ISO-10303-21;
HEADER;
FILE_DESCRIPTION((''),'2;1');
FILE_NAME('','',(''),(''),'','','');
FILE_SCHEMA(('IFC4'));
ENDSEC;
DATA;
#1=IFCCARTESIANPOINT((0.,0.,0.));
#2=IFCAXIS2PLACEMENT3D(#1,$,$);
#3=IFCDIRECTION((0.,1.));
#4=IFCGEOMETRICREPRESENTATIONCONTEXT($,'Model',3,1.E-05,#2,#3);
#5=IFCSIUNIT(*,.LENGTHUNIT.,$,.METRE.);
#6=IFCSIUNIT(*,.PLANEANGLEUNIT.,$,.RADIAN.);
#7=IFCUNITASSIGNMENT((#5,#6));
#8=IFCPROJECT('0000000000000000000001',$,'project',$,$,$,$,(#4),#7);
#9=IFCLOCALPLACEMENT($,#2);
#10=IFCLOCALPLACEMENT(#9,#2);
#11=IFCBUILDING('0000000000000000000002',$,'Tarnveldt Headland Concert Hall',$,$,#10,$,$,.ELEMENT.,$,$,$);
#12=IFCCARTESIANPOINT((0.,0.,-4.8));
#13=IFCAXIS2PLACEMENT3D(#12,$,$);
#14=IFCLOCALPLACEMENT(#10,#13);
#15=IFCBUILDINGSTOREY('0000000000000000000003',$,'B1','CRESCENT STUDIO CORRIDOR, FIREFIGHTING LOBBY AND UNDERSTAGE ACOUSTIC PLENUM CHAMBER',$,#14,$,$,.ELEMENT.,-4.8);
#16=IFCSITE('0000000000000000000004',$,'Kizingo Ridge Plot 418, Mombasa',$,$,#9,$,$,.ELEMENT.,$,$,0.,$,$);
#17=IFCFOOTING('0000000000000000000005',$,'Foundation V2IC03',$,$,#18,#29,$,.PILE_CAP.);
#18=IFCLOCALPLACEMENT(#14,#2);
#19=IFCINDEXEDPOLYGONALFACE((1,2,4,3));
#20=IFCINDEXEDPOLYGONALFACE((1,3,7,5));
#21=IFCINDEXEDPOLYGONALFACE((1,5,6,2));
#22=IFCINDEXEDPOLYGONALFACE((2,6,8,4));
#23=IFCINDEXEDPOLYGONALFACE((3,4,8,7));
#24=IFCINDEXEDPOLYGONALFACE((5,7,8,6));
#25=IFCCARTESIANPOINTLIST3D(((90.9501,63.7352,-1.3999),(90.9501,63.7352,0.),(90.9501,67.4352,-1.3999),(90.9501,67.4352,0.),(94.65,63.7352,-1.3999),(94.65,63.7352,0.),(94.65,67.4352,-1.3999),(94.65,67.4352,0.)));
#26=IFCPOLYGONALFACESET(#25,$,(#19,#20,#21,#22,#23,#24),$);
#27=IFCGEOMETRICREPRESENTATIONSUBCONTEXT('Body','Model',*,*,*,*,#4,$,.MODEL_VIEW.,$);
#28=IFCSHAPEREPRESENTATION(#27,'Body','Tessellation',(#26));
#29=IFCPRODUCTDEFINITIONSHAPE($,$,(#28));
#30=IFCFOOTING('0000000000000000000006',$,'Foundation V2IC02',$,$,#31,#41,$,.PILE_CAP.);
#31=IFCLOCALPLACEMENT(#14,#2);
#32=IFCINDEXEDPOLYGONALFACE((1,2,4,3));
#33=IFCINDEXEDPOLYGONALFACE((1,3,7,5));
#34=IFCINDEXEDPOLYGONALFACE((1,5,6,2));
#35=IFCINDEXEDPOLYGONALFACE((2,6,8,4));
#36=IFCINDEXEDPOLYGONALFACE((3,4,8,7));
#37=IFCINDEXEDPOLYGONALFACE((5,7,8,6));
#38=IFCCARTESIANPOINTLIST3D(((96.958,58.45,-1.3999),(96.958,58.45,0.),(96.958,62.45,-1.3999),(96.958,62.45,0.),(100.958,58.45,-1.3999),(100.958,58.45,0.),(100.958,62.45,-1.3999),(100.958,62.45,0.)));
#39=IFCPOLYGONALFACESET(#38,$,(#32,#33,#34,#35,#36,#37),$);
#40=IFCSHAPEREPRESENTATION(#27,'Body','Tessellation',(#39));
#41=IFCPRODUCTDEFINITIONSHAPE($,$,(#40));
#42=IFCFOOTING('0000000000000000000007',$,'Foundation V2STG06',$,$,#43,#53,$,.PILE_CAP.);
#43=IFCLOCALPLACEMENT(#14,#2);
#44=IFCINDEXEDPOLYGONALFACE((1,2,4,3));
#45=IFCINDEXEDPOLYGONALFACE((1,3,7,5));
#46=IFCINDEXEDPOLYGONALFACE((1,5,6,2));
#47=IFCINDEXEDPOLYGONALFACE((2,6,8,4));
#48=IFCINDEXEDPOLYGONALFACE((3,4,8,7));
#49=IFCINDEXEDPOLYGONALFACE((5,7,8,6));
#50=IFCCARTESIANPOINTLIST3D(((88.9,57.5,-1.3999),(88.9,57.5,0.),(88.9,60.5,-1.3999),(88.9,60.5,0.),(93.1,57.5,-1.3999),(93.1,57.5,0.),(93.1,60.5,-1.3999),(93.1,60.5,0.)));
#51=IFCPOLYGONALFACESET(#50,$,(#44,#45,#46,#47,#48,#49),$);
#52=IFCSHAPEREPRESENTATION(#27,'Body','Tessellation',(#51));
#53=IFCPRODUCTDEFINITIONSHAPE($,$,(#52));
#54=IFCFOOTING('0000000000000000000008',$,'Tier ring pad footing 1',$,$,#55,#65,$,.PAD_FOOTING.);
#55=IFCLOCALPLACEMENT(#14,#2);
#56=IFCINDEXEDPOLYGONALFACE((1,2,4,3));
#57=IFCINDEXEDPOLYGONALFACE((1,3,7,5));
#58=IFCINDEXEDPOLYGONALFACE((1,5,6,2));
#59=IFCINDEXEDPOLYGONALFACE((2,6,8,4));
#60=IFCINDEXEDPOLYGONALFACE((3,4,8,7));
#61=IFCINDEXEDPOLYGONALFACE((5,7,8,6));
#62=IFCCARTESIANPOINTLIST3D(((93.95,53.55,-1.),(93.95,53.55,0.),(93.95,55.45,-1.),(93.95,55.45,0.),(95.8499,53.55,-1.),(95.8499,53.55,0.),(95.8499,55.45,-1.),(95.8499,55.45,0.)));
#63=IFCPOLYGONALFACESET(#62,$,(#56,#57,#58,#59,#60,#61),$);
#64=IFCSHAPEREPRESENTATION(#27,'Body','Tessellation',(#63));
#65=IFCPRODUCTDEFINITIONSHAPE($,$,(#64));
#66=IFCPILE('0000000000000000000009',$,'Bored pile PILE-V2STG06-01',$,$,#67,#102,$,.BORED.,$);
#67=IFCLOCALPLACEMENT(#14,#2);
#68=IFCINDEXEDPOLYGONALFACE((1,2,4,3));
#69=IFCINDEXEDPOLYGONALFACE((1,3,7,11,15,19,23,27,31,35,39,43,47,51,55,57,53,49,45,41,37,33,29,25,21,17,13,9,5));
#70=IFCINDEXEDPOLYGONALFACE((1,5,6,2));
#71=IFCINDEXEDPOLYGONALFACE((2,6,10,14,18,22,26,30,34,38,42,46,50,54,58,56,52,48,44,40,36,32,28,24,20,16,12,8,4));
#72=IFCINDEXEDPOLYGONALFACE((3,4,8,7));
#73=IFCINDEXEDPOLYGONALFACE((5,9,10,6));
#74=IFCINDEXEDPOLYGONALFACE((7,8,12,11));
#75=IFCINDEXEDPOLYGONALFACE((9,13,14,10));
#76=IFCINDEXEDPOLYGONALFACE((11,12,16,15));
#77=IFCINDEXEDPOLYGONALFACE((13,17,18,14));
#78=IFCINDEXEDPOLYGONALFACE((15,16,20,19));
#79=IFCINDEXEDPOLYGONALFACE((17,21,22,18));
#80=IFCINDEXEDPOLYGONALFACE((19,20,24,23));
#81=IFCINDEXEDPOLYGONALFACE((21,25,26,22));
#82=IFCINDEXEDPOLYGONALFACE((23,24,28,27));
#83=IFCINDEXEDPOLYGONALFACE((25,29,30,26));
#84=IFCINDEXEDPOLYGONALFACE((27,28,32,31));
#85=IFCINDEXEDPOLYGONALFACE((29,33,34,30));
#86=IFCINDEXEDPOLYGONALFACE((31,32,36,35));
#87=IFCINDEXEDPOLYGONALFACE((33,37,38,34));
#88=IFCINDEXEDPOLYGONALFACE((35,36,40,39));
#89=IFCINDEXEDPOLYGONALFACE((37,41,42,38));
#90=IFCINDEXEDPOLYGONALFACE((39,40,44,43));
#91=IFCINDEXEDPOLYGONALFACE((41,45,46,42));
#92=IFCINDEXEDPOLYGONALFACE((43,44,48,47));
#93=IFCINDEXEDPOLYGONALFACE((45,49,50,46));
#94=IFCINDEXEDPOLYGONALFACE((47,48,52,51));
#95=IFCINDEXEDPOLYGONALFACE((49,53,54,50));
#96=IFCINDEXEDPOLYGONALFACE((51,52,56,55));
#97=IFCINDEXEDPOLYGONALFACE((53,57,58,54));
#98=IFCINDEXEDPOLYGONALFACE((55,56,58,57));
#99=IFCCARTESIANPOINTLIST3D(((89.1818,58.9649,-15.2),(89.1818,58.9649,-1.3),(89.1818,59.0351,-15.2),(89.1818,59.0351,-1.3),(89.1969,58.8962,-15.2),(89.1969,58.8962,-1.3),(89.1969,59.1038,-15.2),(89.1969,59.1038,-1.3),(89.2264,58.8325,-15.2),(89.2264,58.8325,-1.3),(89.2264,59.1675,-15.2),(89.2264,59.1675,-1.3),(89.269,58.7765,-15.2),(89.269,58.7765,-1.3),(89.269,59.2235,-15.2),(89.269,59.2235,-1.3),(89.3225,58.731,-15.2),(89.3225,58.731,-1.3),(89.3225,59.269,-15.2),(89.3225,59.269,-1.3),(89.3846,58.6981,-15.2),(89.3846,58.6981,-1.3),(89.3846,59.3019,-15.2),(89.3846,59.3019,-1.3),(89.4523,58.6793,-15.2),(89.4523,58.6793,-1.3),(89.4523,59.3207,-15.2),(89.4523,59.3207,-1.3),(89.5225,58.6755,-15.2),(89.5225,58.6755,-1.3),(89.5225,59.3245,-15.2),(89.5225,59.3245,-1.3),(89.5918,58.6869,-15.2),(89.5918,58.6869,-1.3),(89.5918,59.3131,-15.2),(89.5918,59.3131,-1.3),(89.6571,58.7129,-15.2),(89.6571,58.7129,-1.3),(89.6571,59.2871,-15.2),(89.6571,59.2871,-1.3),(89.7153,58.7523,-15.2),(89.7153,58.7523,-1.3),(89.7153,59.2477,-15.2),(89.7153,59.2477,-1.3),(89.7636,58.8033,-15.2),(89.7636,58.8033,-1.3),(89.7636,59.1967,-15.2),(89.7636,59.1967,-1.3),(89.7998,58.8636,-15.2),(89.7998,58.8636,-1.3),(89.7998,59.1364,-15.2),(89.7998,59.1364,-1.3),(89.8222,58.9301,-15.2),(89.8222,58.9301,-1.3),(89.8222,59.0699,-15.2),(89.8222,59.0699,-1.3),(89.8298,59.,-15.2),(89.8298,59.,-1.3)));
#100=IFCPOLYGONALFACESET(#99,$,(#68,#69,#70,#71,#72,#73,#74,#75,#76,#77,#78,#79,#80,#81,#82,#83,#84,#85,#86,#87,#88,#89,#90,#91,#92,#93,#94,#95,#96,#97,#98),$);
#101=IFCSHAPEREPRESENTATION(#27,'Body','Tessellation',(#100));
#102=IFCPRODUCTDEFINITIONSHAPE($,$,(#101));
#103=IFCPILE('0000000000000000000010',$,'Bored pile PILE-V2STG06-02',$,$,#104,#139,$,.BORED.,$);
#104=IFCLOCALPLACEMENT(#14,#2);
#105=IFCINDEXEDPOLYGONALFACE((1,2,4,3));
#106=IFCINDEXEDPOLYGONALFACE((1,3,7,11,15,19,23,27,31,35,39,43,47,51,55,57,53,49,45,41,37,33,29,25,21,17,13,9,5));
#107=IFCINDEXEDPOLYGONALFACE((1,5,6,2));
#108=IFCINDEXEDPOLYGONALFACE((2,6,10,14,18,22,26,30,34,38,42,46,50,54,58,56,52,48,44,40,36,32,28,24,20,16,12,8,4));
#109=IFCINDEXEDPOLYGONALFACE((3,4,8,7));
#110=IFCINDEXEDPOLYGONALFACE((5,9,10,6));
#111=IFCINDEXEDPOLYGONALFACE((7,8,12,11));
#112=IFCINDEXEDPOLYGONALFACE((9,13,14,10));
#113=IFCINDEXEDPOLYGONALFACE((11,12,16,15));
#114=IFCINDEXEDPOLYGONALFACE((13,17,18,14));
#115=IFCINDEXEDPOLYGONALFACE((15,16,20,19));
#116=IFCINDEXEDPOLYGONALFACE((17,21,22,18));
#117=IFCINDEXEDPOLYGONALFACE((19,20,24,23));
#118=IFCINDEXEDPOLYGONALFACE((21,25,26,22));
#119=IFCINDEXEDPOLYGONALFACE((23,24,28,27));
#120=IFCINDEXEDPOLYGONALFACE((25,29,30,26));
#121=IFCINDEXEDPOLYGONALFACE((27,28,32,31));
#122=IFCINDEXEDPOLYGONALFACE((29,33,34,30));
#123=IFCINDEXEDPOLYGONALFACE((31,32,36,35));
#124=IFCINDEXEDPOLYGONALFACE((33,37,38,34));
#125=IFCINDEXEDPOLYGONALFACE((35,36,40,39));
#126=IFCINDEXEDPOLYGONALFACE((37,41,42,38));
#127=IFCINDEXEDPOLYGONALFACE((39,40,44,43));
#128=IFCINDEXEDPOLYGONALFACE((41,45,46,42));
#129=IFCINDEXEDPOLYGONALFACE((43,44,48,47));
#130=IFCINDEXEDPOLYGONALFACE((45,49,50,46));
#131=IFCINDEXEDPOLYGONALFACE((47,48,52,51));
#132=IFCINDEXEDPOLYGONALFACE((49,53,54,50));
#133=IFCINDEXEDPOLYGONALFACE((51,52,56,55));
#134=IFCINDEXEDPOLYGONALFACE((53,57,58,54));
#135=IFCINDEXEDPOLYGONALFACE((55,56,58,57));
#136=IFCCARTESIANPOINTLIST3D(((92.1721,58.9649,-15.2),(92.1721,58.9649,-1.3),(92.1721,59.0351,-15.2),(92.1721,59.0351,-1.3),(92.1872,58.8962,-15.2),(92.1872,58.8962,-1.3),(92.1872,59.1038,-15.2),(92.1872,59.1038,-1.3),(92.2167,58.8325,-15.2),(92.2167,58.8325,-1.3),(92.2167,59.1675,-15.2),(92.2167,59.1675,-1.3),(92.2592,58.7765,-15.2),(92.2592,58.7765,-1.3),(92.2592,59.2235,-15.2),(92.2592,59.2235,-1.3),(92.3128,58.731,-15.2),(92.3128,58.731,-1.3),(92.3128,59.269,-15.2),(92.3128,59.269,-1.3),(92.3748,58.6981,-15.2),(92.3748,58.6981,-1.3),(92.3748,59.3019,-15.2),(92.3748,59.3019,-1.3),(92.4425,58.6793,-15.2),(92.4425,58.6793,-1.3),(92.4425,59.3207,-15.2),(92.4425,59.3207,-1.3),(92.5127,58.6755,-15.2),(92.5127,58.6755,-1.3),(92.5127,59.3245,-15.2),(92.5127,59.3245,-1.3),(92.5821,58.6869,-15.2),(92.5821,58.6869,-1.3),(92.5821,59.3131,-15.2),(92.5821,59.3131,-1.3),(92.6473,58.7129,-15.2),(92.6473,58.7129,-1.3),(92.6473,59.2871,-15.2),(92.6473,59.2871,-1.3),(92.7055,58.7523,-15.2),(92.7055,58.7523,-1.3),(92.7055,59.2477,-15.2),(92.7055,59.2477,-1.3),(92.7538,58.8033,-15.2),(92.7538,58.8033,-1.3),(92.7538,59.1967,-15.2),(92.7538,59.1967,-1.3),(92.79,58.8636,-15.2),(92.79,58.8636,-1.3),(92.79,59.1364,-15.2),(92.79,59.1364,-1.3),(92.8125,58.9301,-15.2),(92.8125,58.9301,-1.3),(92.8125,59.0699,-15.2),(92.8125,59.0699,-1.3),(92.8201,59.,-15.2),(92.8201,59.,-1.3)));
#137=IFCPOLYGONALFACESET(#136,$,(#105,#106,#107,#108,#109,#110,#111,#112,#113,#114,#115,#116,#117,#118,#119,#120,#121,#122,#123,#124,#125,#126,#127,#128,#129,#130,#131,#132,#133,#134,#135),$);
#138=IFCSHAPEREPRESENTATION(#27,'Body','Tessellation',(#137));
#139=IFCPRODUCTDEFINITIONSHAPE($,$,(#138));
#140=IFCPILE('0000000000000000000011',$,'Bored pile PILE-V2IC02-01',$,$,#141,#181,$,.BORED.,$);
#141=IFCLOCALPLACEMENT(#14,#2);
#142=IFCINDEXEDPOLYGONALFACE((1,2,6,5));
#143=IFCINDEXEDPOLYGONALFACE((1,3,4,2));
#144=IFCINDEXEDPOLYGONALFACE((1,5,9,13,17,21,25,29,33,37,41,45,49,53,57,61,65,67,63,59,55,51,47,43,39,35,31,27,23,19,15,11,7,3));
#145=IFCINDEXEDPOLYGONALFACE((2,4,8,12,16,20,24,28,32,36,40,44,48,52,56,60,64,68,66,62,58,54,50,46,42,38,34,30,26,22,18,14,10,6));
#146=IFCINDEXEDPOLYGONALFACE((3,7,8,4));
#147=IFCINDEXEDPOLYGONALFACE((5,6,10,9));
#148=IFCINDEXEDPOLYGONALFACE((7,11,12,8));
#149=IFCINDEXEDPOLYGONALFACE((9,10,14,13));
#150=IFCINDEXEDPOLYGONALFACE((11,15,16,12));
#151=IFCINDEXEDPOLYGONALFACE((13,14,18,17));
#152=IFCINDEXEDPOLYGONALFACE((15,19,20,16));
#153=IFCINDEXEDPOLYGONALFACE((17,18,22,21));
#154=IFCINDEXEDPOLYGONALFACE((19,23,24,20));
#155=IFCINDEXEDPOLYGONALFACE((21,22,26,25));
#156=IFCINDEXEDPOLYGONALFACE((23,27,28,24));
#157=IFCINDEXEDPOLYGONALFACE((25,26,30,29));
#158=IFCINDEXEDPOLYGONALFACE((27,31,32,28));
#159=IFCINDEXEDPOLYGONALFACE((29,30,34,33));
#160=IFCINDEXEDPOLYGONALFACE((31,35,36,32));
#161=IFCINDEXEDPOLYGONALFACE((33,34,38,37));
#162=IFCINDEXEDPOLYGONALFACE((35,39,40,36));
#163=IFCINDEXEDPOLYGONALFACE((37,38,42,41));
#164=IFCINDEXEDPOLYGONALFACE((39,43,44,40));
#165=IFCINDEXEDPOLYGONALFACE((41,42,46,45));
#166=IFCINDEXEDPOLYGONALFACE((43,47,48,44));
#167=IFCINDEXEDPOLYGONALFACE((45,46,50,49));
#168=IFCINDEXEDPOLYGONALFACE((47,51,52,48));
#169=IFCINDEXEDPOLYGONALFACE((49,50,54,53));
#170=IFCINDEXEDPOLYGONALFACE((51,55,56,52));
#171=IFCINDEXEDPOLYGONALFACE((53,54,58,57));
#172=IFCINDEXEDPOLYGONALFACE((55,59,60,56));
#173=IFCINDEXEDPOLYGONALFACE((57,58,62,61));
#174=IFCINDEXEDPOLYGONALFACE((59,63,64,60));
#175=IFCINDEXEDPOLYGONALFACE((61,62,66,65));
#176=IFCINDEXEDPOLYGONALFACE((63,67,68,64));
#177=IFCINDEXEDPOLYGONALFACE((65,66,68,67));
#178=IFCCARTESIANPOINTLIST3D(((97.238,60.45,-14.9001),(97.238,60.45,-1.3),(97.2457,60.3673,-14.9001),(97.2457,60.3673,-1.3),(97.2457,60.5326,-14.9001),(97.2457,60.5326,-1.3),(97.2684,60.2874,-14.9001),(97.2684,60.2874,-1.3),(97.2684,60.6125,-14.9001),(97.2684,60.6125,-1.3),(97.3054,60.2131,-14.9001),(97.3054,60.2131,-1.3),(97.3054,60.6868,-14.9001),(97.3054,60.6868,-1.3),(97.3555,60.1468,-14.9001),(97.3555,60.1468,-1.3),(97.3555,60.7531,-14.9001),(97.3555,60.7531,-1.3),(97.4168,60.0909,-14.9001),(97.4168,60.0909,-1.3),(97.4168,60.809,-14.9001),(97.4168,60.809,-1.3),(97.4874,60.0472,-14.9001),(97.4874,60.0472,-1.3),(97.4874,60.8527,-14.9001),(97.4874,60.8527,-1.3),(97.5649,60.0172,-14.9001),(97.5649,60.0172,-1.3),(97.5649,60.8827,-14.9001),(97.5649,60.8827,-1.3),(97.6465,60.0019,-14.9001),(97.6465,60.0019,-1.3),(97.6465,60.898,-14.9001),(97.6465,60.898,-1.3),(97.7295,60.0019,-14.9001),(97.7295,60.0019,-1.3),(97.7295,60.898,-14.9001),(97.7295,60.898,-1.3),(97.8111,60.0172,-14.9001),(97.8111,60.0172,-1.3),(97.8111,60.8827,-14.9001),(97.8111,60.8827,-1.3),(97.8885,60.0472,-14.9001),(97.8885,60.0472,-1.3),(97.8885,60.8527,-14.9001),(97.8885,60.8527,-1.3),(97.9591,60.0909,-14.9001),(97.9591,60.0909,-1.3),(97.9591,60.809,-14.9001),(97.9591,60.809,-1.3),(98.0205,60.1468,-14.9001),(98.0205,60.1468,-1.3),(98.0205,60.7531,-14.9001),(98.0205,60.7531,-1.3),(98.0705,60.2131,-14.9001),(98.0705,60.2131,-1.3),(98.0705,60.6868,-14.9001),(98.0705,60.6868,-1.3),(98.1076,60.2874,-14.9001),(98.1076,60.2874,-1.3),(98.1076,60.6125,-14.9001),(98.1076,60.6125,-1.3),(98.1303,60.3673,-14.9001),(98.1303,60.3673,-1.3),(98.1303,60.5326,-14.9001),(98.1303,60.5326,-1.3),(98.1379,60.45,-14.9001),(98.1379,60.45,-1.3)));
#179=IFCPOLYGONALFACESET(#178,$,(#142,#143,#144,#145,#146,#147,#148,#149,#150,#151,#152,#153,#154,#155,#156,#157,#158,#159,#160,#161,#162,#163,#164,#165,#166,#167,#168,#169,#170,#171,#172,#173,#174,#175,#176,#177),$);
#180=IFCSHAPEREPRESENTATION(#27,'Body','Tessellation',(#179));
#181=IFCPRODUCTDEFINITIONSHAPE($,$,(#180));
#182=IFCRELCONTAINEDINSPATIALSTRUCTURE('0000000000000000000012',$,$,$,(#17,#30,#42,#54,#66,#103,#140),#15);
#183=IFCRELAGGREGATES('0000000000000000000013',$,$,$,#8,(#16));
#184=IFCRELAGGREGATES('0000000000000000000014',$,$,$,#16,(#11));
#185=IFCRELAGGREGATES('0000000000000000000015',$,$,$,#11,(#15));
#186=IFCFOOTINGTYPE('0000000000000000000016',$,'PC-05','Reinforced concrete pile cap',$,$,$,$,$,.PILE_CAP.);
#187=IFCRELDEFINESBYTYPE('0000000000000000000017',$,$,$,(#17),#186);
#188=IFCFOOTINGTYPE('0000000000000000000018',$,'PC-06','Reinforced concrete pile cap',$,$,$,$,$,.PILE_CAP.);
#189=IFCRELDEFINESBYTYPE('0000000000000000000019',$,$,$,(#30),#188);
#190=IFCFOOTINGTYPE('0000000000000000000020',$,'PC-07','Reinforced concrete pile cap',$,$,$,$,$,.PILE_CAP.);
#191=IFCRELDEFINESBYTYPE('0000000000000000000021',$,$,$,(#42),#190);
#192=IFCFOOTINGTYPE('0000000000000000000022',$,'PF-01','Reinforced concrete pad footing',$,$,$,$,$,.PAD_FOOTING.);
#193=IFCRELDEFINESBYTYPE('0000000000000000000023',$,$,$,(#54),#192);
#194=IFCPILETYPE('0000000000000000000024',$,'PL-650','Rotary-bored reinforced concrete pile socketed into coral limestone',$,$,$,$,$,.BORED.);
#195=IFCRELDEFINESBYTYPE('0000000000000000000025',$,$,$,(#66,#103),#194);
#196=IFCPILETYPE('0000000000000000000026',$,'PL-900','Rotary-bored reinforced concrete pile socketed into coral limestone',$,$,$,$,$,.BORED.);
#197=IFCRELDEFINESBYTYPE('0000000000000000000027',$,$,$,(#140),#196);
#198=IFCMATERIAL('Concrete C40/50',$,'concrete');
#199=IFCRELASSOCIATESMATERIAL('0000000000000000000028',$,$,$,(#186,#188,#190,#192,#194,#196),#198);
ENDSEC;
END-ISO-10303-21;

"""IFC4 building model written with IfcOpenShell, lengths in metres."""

from ifc_helpers import new_model, si_unit, direction, frame, origin, origin_2d, place, context, subcontext, project, spatial, rectangle, circle, extrude, material, material_profile, profile_set, type_object, element, save


model = new_model("IFC4")

# Units and contexts
model_context = context("Model", 3, precision=1e-05, world=origin(), true_north=direction((0.0, 1.0)))
body_context = subcontext(model_context, "Body", "Model", "MODEL_VIEW")
ifc_project = project(units=[si_unit("LENGTHUNIT", "METRE"), si_unit("PLANEANGLEUNIT", "RADIAN")], contexts=[model_context])

# Site, building, storey
site_placement = place(None, origin())
site = spatial("IfcSite", under=ifc_project, at=site_placement, Name="Kizingo Ridge Plot 418, Mombasa", CompositionType="ELEMENT", RefElevation=0.0)
building_placement = place(site_placement, origin())
building = spatial("IfcBuilding", under=site, at=building_placement, Name="Tarnveldt Headland Concert Hall", CompositionType="ELEMENT")
storey_placement = place(building_placement, frame((0.0, 0.0, -4.8)))
storey = spatial("IfcBuildingStorey", under=building, at=storey_placement, Name="B1", Description="CRESCENT STUDIO CORRIDOR, FIREFIGHTING LOBBY AND UNDERSTAGE ACOUSTIC PLENUM CHAMBER", CompositionType="ELEMENT", Elevation=-4.8)

# Footings
ifc_material_1 = material(Name="Concrete C40/50", Category="concrete")
footing_type_1 = type_object("IfcFootingType", Name="PC-05", Description="Reinforced concrete pile cap", PredefinedType="PILE_CAP", material=ifc_material_1)
footing_1_placement = place(storey_placement, frame((92.8, 65.5852, -1.3999), z_axis=(0.0, 0.0, 1.0), x_axis=(1.0, 0.0, 0.0)))
element("IfcFooting", 1, at=footing_1_placement, inside=storey, type_object=footing_type_1, Name="Foundation V2IC03", PredefinedType="PILE_CAP", context=body_context, shape_type="SweptSolid", body=[
    extrude(rectangle(XDim=3.7, YDim=3.7, at=origin_2d()), origin(), (0.0, 0.0, 1.0), 1.3999),
])
footing_type_2 = type_object("IfcFootingType", Name="PC-06", Description="Reinforced concrete pile cap", PredefinedType="PILE_CAP", material=ifc_material_1)
footing_2_placement = place(storey_placement, frame((98.958, 60.45, -1.3999), z_axis=(0.0, 0.0, 1.0), x_axis=(1.0, 0.0, 0.0)))
element("IfcFooting", 2, at=footing_2_placement, inside=storey, type_object=footing_type_2, Name="Foundation V2IC02", PredefinedType="PILE_CAP", context=body_context, shape_type="SweptSolid", body=[
    extrude(rectangle(XDim=4.0, YDim=4.0, at=origin_2d()), origin(), (0.0, 0.0, 1.0), 1.3999),
])
footing_type_3 = type_object("IfcFootingType", Name="PC-07", Description="Reinforced concrete pile cap", PredefinedType="PILE_CAP", material=ifc_material_1)
footing_3_placement = place(storey_placement, frame((91.0, 59.0, -1.3999), z_axis=(0.0, 0.0, 1.0), x_axis=(1.0, 0.0, 0.0)))
element("IfcFooting", 3, at=footing_3_placement, inside=storey, type_object=footing_type_3, Name="Foundation V2STG06", PredefinedType="PILE_CAP", context=body_context, shape_type="SweptSolid", body=[
    extrude(rectangle(XDim=4.2, YDim=3.0, at=origin_2d()), origin(), (0.0, 0.0, 1.0), 1.3999),
])
footing_type_4 = type_object("IfcFootingType", Name="PF-01", Description="Reinforced concrete pad footing", PredefinedType="PAD_FOOTING", material=ifc_material_1)
footing_4_placement = place(storey_placement, frame((94.8999, 54.5, -1.0), z_axis=(0.0, 0.0, 1.0), x_axis=(1.0, 0.0, 0.0)))
element("IfcFooting", 4, at=footing_4_placement, inside=storey, type_object=footing_type_4, Name="Tier ring pad footing 1", PredefinedType="PAD_FOOTING", context=body_context, shape_type="SweptSolid", body=[
    extrude(rectangle(XDim=1.8999, YDim=1.8999, at=origin_2d()), origin(), (0.0, 0.0, 1.0), 1.0),
])

# Piles
ifc_material_profile_1 = material_profile(ifc_material_1, circle(Radius=0.325, at=origin_2d()), Name="BORED PILE D650", Category="concrete")
ifc_profile_set_1 = profile_set([ifc_material_profile_1], Name="Concrete C40/50")
pile_type_1 = type_object("IfcPileType", Name="PL-650", Description="Rotary-bored reinforced concrete pile socketed into coral limestone", PredefinedType="BORED", material=ifc_profile_set_1)
for number, where, z_axis, x_axis, name in (
    (5, (89.5049, 59.0, -1.3), (0.0, 0.0, -1.0), (1.0, 0.0, 0.0), "Bored pile PILE-V2STG06-01"),
    (6, (92.4951, 59.0, -1.3), (0.0, 0.0, -1.0), (1.0, 0.0, 0.0), "Bored pile PILE-V2STG06-02"),
):
    element("IfcPile", number, at=place(storey_placement, frame(where, z_axis=z_axis, x_axis=x_axis)), inside=storey, type_object=pile_type_1, Name=name, PredefinedType="BORED", context=body_context, shape_type="SweptSolid", body=[
        extrude(circle(Radius=0.325, at=origin_2d()), origin(), (0.0, 0.0, 1.0), 13.8999),
    ])
ifc_material_profile_2 = material_profile(ifc_material_1, circle(Radius=0.45, at=origin_2d()), Name="BORED PILE D900", Category="concrete")
ifc_profile_set_2 = profile_set([ifc_material_profile_2], Name="Concrete C40/50")
pile_type_2 = type_object("IfcPileType", Name="PL-900", Description="Rotary-bored reinforced concrete pile socketed into coral limestone", PredefinedType="BORED", material=ifc_profile_set_2)
pile_1_placement = place(storey_placement, frame((97.688, 60.45, -1.3), z_axis=(0.0, 0.0, -1.0), x_axis=(1.0, 0.0, 0.0)))
element("IfcPile", 7, at=pile_1_placement, inside=storey, type_object=pile_type_2, Name="Bored pile PILE-V2IC02-01", PredefinedType="BORED", context=body_context, shape_type="SweptSolid", body=[
    extrude(circle(Radius=0.45, at=origin_2d()), origin(), (0.0, 0.0, 1.0), 13.6001),
])

save(model, "model.ifc")
